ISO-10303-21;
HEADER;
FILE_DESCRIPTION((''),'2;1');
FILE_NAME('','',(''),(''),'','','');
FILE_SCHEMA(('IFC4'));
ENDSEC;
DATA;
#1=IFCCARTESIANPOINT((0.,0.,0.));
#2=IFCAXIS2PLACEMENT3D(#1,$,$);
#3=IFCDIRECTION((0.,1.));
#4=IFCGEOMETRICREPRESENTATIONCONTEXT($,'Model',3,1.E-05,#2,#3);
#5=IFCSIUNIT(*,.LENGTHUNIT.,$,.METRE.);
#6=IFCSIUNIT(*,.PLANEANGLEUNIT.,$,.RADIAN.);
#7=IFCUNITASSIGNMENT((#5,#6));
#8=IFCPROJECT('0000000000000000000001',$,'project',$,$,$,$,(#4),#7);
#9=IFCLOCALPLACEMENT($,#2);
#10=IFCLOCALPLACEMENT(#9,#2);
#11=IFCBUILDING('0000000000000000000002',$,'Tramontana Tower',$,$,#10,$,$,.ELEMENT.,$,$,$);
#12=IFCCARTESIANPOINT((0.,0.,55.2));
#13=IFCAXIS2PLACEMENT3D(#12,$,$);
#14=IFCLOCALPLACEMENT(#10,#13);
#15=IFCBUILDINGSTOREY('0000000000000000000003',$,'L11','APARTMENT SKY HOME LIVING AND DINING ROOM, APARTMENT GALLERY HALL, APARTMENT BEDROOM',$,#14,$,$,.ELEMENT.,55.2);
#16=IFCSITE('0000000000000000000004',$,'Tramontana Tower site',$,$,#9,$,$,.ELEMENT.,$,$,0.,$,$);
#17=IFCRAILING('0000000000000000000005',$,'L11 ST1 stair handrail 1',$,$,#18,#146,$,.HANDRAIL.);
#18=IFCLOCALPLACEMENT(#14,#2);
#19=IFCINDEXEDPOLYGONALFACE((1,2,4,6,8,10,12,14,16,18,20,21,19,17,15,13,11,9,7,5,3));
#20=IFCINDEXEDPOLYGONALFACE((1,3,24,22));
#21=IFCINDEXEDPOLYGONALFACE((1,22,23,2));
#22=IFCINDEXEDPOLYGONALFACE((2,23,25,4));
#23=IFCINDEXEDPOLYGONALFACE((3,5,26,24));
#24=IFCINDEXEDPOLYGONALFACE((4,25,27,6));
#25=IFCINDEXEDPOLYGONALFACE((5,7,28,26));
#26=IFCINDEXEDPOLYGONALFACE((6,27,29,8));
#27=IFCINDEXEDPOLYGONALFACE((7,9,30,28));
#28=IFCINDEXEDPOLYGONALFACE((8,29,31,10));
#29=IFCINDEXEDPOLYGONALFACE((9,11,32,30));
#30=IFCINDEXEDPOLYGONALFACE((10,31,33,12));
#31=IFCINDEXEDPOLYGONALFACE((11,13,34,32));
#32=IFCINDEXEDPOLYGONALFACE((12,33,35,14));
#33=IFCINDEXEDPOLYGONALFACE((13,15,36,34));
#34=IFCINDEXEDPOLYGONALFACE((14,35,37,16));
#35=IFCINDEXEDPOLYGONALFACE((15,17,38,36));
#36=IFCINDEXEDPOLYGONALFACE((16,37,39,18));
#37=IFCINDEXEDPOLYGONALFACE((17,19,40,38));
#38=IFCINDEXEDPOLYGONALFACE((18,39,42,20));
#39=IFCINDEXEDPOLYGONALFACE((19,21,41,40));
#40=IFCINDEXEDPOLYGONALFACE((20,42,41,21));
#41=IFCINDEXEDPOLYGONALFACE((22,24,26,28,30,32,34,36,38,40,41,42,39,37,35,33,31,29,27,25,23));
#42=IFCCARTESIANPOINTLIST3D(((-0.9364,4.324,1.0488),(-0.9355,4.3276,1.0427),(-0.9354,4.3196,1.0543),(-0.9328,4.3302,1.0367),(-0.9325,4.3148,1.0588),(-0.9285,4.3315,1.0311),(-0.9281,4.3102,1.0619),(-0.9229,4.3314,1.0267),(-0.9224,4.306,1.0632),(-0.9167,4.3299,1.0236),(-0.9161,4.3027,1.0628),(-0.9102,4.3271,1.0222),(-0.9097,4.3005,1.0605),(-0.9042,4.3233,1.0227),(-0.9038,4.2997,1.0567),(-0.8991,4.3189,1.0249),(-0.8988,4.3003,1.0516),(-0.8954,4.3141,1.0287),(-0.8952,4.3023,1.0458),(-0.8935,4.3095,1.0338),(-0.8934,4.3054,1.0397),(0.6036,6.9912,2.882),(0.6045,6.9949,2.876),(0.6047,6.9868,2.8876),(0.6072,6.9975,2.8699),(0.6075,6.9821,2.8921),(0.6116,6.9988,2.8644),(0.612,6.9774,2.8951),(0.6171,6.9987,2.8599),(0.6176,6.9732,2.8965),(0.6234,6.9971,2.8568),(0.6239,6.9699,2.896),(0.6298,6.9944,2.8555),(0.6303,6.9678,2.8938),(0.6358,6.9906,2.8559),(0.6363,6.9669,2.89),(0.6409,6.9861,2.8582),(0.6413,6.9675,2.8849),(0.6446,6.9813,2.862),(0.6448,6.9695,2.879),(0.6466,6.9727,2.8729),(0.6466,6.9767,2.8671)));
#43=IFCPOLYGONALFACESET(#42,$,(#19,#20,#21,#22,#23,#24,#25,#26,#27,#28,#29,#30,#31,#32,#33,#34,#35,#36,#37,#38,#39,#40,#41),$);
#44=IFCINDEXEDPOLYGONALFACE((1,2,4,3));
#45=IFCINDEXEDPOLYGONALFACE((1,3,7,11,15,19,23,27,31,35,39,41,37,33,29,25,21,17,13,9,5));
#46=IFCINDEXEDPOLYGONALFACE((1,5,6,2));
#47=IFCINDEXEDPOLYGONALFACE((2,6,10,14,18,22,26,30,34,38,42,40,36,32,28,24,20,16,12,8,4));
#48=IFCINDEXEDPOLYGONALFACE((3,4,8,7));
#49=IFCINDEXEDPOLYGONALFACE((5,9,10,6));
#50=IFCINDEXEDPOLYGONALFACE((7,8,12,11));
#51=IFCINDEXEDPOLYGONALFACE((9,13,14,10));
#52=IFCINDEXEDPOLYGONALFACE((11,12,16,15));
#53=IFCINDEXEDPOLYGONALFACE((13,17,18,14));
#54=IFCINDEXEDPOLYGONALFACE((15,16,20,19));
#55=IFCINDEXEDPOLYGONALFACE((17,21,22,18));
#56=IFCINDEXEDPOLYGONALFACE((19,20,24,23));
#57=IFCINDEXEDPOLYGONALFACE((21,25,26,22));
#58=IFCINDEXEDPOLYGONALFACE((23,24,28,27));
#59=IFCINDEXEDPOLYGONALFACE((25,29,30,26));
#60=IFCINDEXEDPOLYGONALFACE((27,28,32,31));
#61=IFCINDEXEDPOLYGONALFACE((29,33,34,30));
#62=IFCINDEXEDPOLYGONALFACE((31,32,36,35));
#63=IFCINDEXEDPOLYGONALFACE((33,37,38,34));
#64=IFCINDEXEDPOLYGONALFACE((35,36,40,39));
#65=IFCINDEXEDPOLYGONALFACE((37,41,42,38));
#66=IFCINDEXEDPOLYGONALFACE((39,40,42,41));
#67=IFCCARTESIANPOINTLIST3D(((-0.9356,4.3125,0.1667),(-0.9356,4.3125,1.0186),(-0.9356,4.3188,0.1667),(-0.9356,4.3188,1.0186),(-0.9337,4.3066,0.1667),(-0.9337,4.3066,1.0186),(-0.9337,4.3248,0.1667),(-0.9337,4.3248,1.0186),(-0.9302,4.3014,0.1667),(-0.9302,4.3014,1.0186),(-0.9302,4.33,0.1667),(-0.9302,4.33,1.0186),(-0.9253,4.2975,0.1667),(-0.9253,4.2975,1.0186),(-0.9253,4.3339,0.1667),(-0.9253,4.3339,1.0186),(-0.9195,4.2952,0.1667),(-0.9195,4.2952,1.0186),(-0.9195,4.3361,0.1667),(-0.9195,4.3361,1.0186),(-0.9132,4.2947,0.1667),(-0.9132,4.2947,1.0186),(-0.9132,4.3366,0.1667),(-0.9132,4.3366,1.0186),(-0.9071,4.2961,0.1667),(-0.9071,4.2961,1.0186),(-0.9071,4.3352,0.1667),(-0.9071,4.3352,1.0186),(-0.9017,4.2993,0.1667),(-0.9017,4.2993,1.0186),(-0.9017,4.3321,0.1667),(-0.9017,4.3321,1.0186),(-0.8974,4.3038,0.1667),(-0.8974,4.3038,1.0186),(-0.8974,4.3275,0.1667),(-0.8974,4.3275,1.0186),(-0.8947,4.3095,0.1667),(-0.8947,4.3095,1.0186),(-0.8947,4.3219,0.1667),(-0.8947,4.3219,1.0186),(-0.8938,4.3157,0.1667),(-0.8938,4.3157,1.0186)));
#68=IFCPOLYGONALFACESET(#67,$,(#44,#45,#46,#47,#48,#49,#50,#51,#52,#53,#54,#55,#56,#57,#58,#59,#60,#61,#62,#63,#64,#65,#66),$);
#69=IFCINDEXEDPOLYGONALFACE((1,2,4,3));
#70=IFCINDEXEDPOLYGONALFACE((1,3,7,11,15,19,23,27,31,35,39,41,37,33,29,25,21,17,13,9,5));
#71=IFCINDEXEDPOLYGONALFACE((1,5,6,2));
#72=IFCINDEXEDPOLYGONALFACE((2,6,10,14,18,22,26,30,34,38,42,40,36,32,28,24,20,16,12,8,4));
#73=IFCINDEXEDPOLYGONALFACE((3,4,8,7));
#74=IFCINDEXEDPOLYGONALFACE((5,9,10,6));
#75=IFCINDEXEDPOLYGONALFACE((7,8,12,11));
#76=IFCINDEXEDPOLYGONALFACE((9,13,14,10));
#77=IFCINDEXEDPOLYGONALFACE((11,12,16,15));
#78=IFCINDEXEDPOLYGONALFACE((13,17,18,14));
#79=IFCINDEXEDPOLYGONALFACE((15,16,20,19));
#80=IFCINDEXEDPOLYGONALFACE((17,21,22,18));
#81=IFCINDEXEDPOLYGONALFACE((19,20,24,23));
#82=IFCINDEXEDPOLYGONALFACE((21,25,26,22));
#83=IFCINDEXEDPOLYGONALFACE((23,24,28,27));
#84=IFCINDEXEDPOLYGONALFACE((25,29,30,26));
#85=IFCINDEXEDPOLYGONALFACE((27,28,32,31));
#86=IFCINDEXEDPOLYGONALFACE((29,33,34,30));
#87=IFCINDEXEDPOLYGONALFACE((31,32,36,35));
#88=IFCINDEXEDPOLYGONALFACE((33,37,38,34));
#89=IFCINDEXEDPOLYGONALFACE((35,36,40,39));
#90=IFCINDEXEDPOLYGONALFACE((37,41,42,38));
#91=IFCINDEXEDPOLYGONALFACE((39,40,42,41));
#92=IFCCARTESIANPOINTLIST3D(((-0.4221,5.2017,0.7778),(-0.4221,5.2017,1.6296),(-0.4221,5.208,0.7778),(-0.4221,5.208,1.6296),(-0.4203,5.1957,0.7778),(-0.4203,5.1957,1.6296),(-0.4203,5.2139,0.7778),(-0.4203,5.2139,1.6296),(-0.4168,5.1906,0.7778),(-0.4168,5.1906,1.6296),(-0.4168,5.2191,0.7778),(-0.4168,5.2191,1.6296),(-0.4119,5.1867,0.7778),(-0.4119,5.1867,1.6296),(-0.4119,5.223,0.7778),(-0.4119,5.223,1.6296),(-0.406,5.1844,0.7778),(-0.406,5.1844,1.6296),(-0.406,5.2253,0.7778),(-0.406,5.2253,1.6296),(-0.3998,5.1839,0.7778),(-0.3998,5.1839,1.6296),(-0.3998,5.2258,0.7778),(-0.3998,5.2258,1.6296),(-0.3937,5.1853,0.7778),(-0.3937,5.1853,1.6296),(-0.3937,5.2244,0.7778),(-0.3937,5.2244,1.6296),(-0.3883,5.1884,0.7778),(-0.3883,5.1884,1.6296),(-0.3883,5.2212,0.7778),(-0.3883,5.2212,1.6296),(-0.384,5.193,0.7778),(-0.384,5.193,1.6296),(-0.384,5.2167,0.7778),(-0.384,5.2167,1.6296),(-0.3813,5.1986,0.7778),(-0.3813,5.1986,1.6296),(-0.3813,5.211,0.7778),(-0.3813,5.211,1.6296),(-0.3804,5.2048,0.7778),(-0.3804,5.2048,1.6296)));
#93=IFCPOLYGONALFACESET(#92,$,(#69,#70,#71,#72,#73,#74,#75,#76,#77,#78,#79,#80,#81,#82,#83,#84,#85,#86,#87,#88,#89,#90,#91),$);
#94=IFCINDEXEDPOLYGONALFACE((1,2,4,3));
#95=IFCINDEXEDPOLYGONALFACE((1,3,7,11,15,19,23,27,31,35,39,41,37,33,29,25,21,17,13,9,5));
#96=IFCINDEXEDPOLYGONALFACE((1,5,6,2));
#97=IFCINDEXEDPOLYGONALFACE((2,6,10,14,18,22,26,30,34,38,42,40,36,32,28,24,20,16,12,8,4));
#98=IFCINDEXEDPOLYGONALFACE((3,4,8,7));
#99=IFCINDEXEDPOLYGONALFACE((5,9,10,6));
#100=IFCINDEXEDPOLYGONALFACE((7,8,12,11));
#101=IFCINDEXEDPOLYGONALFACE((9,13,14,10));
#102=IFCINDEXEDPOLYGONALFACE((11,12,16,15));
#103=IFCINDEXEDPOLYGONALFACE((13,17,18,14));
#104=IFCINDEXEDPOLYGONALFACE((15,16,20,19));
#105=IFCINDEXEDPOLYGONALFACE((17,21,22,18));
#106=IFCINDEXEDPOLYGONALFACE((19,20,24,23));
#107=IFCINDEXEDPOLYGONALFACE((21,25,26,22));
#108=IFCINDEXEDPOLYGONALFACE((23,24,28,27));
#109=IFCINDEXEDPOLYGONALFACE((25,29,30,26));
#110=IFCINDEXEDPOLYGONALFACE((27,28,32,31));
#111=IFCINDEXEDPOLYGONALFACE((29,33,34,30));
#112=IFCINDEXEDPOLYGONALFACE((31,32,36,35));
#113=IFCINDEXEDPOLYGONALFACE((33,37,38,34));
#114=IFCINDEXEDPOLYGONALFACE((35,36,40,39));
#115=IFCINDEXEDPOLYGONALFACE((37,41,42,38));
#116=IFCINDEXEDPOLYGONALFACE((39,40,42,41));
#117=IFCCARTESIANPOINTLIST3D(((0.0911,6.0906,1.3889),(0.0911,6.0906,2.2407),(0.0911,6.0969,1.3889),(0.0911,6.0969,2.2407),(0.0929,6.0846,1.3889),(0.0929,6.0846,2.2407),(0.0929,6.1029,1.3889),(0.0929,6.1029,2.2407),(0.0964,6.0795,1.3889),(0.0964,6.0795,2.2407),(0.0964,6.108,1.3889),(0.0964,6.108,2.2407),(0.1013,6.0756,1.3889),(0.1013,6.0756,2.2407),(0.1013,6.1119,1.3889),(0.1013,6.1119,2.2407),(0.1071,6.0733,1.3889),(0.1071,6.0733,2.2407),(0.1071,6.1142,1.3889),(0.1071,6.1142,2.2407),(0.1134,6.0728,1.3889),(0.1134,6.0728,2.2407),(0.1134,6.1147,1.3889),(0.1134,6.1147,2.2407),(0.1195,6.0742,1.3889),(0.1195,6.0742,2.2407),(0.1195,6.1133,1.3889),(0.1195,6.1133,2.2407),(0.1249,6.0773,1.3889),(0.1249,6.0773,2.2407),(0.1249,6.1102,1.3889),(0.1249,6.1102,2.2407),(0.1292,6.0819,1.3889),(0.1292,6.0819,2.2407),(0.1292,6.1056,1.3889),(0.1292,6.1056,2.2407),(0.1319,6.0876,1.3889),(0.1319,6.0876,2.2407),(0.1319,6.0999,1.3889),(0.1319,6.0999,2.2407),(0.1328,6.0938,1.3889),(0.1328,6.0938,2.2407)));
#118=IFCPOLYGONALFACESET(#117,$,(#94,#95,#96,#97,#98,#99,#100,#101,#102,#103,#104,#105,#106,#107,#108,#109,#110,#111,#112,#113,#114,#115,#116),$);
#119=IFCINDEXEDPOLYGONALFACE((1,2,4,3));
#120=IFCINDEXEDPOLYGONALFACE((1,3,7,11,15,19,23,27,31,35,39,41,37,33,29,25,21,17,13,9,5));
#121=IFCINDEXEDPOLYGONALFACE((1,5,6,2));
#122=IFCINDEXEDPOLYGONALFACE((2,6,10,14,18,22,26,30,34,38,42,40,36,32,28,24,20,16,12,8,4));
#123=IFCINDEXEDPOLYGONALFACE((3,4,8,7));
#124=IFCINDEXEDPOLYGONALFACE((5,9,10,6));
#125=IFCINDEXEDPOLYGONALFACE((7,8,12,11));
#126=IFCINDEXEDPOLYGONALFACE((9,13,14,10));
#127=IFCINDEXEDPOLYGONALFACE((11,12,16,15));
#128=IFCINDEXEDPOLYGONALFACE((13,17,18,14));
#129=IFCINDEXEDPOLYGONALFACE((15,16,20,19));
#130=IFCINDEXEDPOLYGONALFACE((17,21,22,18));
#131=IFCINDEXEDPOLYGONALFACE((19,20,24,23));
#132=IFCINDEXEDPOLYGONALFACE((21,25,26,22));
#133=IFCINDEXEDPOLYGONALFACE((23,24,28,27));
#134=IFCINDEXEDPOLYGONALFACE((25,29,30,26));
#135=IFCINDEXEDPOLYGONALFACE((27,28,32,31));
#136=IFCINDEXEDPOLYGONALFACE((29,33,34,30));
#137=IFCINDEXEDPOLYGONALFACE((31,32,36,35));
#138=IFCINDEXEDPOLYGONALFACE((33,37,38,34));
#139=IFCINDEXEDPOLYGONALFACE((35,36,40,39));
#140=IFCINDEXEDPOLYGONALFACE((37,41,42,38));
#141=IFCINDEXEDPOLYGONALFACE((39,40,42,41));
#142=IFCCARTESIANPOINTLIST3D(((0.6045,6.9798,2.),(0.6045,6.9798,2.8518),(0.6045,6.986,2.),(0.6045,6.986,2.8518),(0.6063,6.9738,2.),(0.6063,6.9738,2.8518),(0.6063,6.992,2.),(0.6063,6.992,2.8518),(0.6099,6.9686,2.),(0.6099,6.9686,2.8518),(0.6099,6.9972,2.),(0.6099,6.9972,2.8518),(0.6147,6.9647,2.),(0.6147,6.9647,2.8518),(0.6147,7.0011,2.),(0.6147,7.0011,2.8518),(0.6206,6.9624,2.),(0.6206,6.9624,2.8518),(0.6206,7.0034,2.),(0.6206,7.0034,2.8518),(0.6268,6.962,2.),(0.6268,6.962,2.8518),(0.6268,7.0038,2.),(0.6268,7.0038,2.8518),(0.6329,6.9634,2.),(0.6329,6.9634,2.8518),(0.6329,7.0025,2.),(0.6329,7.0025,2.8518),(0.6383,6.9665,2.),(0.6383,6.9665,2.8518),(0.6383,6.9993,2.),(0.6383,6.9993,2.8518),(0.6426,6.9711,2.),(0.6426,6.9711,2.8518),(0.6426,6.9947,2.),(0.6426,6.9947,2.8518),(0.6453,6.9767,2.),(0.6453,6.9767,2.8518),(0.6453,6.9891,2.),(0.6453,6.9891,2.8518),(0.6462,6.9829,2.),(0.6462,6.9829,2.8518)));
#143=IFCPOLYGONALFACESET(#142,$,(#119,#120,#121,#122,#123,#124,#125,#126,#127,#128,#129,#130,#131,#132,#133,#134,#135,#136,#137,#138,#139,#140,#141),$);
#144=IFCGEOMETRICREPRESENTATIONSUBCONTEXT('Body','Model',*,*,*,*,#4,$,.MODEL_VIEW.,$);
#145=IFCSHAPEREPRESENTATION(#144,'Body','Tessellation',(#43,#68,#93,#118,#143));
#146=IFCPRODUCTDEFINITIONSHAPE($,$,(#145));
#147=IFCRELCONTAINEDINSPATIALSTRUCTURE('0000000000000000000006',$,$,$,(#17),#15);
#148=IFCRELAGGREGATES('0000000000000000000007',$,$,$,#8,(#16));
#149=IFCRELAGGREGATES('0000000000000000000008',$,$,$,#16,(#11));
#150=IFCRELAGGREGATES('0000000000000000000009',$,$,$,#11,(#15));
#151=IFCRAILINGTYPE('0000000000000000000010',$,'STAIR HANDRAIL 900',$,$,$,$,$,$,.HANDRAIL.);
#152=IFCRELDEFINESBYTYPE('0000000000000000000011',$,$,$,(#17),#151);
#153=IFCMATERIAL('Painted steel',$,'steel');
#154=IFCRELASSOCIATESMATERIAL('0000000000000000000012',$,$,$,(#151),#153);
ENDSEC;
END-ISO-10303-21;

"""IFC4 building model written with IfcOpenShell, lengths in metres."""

from ifc_helpers import new_model, si_unit, direction, frame, origin, origin_2d, place, context, subcontext, project, spatial, circle, extrude, material, type_object, element, save


model = new_model("IFC4")

# Units and contexts
model_context = context("Model", 3, precision=1e-05, world=origin(), true_north=direction((0.0, 1.0)))
body_context = subcontext(model_context, "Body", "Model", "MODEL_VIEW")
ifc_project = project(units=[si_unit("LENGTHUNIT", "METRE"), si_unit("PLANEANGLEUNIT", "RADIAN")], contexts=[model_context])

# Site, building, storey
site_placement = place(None, origin())
site = spatial("IfcSite", under=ifc_project, at=site_placement, Name="Tramontana Tower site", CompositionType="ELEMENT", RefElevation=0.0)
building_placement = place(site_placement, origin())
building = spatial("IfcBuilding", under=site, at=building_placement, Name="Tramontana Tower", CompositionType="ELEMENT")
storey_placement = place(building_placement, frame((0.0, 0.0, 55.2)))
storey = spatial("IfcBuildingStorey", under=building, at=storey_placement, Name="L11", Description="APARTMENT SKY HOME LIVING AND DINING ROOM, APARTMENT GALLERY HALL, APARTMENT BEDROOM", CompositionType="ELEMENT", Elevation=55.2)

# Railing
ifc_material_1 = material(Name="Painted steel", Category="steel")
railing_type_1 = type_object("IfcRailingType", Name="STAIR HANDRAIL 900", PredefinedType="HANDRAIL", material=ifc_material_1)
railing_1_placement = place(storey_placement, frame((-0.9148, 4.3157, 0.1667)))
element("IfcRailing", 1, at=railing_1_placement, inside=storey, type_object=railing_type_1, Name="L11 ST1 stair handrail 1", PredefinedType="HANDRAIL", context=body_context, shape_type="SweptSolid", body=[
    extrude(circle(Radius=0.0239, at=origin_2d()), frame((0.0, 0.0, 0.876), z_axis=(0.429671, 0.744159, 0.511478), x_axis=(-0.86601, 0.500027, 0.0)), (0.0, 0.0, 1.0), 3.5842),
    extrude(circle(Radius=0.021, at=origin_2d()), origin(), (0.0, 0.0, 1.0), 0.8518),
    extrude(circle(Radius=0.021, at=origin_2d()), frame((0.5134, 0.8892, 0.6111)), (0.0, 0.0, 1.0), 0.8518),
    extrude(circle(Radius=0.021, at=origin_2d()), frame((1.0266, 1.7781, 1.2222)), (0.0, 0.0, 1.0), 0.8518),
    extrude(circle(Radius=0.021, at=origin_2d()), frame((1.54, 2.6672, 1.8333)), (0.0, 0.0, 1.0), 0.8518),
])

save(model, "model.ifc")
